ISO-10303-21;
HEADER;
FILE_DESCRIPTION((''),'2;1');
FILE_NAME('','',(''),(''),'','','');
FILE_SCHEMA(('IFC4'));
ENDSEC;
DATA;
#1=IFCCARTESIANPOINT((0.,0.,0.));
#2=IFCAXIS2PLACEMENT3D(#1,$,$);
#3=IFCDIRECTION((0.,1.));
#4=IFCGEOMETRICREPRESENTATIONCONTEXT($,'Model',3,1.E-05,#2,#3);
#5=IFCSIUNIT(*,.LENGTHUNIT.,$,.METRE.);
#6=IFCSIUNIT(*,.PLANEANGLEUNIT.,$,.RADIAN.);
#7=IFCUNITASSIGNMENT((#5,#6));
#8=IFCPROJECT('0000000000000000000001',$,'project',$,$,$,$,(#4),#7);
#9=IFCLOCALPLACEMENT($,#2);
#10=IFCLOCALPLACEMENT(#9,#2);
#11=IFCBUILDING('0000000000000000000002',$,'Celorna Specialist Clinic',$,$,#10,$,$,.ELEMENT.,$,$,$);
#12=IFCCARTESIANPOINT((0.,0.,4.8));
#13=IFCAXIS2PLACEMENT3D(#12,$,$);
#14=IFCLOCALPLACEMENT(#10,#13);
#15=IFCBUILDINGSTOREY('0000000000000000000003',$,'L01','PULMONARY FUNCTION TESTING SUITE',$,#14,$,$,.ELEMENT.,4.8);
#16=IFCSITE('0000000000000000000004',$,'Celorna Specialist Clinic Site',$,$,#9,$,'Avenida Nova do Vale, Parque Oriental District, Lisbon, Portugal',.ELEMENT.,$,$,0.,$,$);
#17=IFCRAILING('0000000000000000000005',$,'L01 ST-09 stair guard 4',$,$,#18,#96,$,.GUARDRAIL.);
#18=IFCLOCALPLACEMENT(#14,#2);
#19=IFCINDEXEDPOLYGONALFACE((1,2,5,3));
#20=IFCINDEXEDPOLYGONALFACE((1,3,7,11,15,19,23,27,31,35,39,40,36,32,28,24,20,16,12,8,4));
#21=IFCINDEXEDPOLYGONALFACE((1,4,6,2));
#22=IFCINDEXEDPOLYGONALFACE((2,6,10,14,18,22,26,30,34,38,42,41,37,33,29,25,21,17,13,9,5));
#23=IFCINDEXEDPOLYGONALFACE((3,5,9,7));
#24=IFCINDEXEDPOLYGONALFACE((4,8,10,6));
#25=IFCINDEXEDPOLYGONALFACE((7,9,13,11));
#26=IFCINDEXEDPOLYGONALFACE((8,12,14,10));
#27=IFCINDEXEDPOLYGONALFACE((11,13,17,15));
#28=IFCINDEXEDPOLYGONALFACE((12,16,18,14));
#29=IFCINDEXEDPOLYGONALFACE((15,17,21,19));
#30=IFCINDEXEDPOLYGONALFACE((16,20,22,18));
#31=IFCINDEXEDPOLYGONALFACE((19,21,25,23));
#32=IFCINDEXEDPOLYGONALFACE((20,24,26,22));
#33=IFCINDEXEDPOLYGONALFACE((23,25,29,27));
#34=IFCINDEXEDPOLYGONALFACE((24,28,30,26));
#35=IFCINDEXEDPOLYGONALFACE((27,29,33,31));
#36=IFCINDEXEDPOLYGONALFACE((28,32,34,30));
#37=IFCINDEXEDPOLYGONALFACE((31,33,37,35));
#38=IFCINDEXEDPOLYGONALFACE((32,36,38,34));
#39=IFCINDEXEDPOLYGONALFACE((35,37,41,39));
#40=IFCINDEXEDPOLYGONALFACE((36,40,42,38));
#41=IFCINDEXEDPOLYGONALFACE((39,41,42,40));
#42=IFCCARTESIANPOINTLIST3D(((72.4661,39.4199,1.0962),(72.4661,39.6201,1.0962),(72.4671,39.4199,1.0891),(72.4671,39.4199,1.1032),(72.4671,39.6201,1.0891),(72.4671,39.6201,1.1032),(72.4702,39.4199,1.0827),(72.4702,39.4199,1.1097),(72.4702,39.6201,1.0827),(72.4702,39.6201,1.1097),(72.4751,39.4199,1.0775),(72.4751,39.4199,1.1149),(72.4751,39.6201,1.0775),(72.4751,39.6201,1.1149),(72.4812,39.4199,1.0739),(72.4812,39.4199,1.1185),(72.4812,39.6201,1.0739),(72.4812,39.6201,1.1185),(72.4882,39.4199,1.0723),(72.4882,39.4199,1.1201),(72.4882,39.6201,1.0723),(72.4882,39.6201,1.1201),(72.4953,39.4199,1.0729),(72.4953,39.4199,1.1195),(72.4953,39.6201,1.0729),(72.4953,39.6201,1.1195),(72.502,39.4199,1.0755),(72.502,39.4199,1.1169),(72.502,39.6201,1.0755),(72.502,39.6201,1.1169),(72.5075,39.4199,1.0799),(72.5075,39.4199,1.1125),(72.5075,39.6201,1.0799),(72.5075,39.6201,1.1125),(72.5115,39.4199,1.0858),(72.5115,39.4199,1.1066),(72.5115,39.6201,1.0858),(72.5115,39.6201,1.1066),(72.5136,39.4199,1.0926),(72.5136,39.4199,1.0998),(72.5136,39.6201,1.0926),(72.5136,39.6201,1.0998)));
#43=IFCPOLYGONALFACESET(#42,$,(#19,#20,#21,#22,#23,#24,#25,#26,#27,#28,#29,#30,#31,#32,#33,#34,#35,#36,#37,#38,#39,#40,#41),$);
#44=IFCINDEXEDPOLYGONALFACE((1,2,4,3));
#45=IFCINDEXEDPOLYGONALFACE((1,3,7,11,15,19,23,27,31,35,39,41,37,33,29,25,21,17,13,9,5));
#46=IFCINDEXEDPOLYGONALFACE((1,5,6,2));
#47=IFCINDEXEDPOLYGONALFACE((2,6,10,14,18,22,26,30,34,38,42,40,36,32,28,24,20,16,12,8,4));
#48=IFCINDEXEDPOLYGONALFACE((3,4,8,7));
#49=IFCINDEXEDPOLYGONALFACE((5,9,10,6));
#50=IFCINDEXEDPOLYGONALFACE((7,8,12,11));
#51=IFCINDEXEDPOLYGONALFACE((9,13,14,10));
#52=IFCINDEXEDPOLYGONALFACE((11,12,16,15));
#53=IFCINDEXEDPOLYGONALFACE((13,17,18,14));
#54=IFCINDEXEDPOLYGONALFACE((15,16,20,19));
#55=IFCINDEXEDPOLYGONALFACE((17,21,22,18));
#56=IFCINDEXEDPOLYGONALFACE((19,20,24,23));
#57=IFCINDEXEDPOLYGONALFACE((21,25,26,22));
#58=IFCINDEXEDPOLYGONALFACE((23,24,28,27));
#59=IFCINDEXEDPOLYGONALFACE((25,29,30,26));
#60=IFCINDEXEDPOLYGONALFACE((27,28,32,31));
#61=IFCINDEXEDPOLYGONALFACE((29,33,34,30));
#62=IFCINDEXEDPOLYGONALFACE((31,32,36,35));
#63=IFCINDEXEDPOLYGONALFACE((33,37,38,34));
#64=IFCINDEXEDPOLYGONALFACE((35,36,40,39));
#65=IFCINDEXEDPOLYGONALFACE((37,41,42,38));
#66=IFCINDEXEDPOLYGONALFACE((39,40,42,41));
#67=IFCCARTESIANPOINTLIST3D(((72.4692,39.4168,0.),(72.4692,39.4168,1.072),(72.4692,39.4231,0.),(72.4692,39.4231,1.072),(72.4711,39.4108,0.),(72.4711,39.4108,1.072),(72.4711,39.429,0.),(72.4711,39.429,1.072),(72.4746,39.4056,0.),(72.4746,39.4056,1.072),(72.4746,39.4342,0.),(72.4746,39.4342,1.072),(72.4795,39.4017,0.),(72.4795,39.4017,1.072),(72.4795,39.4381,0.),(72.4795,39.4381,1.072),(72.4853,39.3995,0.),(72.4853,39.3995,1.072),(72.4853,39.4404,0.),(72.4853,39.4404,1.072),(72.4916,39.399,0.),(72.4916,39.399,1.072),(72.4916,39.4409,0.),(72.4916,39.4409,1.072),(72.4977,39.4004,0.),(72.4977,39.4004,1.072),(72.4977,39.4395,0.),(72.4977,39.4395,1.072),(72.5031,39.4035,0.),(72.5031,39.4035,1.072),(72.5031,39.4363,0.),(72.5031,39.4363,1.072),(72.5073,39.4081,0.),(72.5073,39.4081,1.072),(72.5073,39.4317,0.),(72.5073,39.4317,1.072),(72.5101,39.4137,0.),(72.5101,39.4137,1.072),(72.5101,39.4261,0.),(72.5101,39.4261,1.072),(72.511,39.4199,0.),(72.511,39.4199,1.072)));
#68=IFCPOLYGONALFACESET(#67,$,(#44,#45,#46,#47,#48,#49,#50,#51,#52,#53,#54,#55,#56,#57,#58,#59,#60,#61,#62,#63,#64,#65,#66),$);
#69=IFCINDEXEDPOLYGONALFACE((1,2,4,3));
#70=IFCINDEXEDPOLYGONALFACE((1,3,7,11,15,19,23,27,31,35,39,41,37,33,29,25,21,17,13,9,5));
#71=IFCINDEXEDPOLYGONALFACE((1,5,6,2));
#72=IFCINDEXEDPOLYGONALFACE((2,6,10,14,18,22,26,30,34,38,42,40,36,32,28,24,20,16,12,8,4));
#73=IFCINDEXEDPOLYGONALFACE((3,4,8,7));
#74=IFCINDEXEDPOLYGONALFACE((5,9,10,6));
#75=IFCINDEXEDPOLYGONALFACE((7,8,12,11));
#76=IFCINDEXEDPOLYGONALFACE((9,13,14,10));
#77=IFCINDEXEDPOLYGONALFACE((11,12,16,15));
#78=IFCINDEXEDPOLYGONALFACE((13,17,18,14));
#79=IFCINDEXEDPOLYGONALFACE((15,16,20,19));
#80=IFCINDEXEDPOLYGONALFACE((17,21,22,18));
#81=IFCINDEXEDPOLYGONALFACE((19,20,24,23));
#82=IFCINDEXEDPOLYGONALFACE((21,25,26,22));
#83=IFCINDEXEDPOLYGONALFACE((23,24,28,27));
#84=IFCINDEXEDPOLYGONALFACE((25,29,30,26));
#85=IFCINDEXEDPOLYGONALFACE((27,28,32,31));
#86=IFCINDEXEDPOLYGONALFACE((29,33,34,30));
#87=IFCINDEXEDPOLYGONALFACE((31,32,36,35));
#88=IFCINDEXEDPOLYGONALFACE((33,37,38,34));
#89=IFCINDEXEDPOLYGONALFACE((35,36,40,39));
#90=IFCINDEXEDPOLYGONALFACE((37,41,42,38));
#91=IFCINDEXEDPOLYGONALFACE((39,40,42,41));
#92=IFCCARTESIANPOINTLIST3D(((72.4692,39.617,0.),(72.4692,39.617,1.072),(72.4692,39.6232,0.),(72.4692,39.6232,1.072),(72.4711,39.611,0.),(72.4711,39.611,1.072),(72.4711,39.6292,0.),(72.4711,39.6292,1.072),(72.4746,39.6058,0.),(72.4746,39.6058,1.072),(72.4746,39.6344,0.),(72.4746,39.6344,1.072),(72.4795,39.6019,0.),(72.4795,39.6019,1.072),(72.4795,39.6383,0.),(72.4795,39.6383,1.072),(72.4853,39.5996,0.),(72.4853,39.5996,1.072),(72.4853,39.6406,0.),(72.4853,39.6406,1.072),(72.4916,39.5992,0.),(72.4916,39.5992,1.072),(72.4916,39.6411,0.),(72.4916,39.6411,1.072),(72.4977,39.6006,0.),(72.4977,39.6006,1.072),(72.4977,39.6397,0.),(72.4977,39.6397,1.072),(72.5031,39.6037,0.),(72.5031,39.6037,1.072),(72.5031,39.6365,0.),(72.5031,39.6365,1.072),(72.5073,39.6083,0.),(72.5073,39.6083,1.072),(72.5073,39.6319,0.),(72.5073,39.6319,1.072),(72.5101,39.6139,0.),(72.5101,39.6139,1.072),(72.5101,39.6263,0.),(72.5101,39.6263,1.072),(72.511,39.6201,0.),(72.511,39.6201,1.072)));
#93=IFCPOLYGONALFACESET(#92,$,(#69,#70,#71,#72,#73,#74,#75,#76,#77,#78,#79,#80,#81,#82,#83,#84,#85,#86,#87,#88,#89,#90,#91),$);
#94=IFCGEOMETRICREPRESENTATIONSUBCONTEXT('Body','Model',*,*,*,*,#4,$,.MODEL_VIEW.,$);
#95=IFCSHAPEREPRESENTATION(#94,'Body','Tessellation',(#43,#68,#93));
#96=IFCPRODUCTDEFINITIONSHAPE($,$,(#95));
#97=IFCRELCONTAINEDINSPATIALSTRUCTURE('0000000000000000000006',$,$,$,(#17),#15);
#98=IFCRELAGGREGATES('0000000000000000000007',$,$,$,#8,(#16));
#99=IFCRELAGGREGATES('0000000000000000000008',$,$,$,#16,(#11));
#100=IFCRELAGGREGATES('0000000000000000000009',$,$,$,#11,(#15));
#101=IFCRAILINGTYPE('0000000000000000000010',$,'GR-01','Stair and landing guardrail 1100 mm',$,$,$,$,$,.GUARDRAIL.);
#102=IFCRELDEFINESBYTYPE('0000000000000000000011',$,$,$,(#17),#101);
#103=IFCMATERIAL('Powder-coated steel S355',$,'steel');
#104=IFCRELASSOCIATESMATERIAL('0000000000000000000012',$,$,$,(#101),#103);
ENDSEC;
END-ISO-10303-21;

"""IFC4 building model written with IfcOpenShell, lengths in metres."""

from ifc_helpers import new_model, si_unit, direction, frame, origin, origin_2d, place, context, subcontext, project, spatial, circle, extrude, material, type_object, element, save


model = new_model("IFC4")

# Units and contexts
model_context = context("Model", 3, precision=1e-05, world=origin(), true_north=direction((0.0, 1.0)))
body_context = subcontext(model_context, "Body", "Model", "MODEL_VIEW")
ifc_project = project(units=[si_unit("LENGTHUNIT", "METRE"), si_unit("PLANEANGLEUNIT", "RADIAN")], contexts=[model_context])

# Site, building, storey
site_placement = place(None, origin())
site = spatial("IfcSite", under=ifc_project, at=site_placement, Name="Celorna Specialist Clinic Site", LongName="Avenida Nova do Vale, Parque Oriental District, Lisbon, Portugal", CompositionType="ELEMENT", RefElevation=0.0)
building_placement = place(site_placement, origin())
building = spatial("IfcBuilding", under=site, at=building_placement, Name="Celorna Specialist Clinic", CompositionType="ELEMENT")
storey_placement = place(building_placement, frame((0.0, 0.0, 4.8)))
storey = spatial("IfcBuildingStorey", under=building, at=storey_placement, Name="L01", Description="PULMONARY FUNCTION TESTING SUITE", CompositionType="ELEMENT", Elevation=4.8)

# Railing
ifc_material_1 = material(Name="Powder-coated steel S355", Category="steel")
railing_type_1 = type_object("IfcRailingType", Name="GR-01", Description="Stair and landing guardrail 1100 mm", PredefinedType="GUARDRAIL", material=ifc_material_1)
railing_1_placement = place(storey_placement, frame((72.49, 39.4199, 0.0)))
element("IfcRailing", 1, at=railing_1_placement, inside=storey, type_object=railing_type_1, Name="L01 ST-09 stair guard 4", PredefinedType="GUARDRAIL", context=body_context, shape_type="SweptSolid", body=[
    extrude(circle(Radius=0.0239, at=origin_2d()), frame((0.0, 0.0, 1.0962), z_axis=(0.0, 1.0, 0.0), x_axis=(-1.0, 0.0, 0.0)), (0.0, 0.0, 1.0), 0.2002),
    extrude(circle(Radius=0.021, at=origin_2d()), origin(), (0.0, 0.0, 1.0), 1.072),
    extrude(circle(Radius=0.021, at=origin_2d()), frame((0.0, 0.2002, 0.0)), (0.0, 0.0, 1.0), 1.072),
])

save(model, "model.ifc")
